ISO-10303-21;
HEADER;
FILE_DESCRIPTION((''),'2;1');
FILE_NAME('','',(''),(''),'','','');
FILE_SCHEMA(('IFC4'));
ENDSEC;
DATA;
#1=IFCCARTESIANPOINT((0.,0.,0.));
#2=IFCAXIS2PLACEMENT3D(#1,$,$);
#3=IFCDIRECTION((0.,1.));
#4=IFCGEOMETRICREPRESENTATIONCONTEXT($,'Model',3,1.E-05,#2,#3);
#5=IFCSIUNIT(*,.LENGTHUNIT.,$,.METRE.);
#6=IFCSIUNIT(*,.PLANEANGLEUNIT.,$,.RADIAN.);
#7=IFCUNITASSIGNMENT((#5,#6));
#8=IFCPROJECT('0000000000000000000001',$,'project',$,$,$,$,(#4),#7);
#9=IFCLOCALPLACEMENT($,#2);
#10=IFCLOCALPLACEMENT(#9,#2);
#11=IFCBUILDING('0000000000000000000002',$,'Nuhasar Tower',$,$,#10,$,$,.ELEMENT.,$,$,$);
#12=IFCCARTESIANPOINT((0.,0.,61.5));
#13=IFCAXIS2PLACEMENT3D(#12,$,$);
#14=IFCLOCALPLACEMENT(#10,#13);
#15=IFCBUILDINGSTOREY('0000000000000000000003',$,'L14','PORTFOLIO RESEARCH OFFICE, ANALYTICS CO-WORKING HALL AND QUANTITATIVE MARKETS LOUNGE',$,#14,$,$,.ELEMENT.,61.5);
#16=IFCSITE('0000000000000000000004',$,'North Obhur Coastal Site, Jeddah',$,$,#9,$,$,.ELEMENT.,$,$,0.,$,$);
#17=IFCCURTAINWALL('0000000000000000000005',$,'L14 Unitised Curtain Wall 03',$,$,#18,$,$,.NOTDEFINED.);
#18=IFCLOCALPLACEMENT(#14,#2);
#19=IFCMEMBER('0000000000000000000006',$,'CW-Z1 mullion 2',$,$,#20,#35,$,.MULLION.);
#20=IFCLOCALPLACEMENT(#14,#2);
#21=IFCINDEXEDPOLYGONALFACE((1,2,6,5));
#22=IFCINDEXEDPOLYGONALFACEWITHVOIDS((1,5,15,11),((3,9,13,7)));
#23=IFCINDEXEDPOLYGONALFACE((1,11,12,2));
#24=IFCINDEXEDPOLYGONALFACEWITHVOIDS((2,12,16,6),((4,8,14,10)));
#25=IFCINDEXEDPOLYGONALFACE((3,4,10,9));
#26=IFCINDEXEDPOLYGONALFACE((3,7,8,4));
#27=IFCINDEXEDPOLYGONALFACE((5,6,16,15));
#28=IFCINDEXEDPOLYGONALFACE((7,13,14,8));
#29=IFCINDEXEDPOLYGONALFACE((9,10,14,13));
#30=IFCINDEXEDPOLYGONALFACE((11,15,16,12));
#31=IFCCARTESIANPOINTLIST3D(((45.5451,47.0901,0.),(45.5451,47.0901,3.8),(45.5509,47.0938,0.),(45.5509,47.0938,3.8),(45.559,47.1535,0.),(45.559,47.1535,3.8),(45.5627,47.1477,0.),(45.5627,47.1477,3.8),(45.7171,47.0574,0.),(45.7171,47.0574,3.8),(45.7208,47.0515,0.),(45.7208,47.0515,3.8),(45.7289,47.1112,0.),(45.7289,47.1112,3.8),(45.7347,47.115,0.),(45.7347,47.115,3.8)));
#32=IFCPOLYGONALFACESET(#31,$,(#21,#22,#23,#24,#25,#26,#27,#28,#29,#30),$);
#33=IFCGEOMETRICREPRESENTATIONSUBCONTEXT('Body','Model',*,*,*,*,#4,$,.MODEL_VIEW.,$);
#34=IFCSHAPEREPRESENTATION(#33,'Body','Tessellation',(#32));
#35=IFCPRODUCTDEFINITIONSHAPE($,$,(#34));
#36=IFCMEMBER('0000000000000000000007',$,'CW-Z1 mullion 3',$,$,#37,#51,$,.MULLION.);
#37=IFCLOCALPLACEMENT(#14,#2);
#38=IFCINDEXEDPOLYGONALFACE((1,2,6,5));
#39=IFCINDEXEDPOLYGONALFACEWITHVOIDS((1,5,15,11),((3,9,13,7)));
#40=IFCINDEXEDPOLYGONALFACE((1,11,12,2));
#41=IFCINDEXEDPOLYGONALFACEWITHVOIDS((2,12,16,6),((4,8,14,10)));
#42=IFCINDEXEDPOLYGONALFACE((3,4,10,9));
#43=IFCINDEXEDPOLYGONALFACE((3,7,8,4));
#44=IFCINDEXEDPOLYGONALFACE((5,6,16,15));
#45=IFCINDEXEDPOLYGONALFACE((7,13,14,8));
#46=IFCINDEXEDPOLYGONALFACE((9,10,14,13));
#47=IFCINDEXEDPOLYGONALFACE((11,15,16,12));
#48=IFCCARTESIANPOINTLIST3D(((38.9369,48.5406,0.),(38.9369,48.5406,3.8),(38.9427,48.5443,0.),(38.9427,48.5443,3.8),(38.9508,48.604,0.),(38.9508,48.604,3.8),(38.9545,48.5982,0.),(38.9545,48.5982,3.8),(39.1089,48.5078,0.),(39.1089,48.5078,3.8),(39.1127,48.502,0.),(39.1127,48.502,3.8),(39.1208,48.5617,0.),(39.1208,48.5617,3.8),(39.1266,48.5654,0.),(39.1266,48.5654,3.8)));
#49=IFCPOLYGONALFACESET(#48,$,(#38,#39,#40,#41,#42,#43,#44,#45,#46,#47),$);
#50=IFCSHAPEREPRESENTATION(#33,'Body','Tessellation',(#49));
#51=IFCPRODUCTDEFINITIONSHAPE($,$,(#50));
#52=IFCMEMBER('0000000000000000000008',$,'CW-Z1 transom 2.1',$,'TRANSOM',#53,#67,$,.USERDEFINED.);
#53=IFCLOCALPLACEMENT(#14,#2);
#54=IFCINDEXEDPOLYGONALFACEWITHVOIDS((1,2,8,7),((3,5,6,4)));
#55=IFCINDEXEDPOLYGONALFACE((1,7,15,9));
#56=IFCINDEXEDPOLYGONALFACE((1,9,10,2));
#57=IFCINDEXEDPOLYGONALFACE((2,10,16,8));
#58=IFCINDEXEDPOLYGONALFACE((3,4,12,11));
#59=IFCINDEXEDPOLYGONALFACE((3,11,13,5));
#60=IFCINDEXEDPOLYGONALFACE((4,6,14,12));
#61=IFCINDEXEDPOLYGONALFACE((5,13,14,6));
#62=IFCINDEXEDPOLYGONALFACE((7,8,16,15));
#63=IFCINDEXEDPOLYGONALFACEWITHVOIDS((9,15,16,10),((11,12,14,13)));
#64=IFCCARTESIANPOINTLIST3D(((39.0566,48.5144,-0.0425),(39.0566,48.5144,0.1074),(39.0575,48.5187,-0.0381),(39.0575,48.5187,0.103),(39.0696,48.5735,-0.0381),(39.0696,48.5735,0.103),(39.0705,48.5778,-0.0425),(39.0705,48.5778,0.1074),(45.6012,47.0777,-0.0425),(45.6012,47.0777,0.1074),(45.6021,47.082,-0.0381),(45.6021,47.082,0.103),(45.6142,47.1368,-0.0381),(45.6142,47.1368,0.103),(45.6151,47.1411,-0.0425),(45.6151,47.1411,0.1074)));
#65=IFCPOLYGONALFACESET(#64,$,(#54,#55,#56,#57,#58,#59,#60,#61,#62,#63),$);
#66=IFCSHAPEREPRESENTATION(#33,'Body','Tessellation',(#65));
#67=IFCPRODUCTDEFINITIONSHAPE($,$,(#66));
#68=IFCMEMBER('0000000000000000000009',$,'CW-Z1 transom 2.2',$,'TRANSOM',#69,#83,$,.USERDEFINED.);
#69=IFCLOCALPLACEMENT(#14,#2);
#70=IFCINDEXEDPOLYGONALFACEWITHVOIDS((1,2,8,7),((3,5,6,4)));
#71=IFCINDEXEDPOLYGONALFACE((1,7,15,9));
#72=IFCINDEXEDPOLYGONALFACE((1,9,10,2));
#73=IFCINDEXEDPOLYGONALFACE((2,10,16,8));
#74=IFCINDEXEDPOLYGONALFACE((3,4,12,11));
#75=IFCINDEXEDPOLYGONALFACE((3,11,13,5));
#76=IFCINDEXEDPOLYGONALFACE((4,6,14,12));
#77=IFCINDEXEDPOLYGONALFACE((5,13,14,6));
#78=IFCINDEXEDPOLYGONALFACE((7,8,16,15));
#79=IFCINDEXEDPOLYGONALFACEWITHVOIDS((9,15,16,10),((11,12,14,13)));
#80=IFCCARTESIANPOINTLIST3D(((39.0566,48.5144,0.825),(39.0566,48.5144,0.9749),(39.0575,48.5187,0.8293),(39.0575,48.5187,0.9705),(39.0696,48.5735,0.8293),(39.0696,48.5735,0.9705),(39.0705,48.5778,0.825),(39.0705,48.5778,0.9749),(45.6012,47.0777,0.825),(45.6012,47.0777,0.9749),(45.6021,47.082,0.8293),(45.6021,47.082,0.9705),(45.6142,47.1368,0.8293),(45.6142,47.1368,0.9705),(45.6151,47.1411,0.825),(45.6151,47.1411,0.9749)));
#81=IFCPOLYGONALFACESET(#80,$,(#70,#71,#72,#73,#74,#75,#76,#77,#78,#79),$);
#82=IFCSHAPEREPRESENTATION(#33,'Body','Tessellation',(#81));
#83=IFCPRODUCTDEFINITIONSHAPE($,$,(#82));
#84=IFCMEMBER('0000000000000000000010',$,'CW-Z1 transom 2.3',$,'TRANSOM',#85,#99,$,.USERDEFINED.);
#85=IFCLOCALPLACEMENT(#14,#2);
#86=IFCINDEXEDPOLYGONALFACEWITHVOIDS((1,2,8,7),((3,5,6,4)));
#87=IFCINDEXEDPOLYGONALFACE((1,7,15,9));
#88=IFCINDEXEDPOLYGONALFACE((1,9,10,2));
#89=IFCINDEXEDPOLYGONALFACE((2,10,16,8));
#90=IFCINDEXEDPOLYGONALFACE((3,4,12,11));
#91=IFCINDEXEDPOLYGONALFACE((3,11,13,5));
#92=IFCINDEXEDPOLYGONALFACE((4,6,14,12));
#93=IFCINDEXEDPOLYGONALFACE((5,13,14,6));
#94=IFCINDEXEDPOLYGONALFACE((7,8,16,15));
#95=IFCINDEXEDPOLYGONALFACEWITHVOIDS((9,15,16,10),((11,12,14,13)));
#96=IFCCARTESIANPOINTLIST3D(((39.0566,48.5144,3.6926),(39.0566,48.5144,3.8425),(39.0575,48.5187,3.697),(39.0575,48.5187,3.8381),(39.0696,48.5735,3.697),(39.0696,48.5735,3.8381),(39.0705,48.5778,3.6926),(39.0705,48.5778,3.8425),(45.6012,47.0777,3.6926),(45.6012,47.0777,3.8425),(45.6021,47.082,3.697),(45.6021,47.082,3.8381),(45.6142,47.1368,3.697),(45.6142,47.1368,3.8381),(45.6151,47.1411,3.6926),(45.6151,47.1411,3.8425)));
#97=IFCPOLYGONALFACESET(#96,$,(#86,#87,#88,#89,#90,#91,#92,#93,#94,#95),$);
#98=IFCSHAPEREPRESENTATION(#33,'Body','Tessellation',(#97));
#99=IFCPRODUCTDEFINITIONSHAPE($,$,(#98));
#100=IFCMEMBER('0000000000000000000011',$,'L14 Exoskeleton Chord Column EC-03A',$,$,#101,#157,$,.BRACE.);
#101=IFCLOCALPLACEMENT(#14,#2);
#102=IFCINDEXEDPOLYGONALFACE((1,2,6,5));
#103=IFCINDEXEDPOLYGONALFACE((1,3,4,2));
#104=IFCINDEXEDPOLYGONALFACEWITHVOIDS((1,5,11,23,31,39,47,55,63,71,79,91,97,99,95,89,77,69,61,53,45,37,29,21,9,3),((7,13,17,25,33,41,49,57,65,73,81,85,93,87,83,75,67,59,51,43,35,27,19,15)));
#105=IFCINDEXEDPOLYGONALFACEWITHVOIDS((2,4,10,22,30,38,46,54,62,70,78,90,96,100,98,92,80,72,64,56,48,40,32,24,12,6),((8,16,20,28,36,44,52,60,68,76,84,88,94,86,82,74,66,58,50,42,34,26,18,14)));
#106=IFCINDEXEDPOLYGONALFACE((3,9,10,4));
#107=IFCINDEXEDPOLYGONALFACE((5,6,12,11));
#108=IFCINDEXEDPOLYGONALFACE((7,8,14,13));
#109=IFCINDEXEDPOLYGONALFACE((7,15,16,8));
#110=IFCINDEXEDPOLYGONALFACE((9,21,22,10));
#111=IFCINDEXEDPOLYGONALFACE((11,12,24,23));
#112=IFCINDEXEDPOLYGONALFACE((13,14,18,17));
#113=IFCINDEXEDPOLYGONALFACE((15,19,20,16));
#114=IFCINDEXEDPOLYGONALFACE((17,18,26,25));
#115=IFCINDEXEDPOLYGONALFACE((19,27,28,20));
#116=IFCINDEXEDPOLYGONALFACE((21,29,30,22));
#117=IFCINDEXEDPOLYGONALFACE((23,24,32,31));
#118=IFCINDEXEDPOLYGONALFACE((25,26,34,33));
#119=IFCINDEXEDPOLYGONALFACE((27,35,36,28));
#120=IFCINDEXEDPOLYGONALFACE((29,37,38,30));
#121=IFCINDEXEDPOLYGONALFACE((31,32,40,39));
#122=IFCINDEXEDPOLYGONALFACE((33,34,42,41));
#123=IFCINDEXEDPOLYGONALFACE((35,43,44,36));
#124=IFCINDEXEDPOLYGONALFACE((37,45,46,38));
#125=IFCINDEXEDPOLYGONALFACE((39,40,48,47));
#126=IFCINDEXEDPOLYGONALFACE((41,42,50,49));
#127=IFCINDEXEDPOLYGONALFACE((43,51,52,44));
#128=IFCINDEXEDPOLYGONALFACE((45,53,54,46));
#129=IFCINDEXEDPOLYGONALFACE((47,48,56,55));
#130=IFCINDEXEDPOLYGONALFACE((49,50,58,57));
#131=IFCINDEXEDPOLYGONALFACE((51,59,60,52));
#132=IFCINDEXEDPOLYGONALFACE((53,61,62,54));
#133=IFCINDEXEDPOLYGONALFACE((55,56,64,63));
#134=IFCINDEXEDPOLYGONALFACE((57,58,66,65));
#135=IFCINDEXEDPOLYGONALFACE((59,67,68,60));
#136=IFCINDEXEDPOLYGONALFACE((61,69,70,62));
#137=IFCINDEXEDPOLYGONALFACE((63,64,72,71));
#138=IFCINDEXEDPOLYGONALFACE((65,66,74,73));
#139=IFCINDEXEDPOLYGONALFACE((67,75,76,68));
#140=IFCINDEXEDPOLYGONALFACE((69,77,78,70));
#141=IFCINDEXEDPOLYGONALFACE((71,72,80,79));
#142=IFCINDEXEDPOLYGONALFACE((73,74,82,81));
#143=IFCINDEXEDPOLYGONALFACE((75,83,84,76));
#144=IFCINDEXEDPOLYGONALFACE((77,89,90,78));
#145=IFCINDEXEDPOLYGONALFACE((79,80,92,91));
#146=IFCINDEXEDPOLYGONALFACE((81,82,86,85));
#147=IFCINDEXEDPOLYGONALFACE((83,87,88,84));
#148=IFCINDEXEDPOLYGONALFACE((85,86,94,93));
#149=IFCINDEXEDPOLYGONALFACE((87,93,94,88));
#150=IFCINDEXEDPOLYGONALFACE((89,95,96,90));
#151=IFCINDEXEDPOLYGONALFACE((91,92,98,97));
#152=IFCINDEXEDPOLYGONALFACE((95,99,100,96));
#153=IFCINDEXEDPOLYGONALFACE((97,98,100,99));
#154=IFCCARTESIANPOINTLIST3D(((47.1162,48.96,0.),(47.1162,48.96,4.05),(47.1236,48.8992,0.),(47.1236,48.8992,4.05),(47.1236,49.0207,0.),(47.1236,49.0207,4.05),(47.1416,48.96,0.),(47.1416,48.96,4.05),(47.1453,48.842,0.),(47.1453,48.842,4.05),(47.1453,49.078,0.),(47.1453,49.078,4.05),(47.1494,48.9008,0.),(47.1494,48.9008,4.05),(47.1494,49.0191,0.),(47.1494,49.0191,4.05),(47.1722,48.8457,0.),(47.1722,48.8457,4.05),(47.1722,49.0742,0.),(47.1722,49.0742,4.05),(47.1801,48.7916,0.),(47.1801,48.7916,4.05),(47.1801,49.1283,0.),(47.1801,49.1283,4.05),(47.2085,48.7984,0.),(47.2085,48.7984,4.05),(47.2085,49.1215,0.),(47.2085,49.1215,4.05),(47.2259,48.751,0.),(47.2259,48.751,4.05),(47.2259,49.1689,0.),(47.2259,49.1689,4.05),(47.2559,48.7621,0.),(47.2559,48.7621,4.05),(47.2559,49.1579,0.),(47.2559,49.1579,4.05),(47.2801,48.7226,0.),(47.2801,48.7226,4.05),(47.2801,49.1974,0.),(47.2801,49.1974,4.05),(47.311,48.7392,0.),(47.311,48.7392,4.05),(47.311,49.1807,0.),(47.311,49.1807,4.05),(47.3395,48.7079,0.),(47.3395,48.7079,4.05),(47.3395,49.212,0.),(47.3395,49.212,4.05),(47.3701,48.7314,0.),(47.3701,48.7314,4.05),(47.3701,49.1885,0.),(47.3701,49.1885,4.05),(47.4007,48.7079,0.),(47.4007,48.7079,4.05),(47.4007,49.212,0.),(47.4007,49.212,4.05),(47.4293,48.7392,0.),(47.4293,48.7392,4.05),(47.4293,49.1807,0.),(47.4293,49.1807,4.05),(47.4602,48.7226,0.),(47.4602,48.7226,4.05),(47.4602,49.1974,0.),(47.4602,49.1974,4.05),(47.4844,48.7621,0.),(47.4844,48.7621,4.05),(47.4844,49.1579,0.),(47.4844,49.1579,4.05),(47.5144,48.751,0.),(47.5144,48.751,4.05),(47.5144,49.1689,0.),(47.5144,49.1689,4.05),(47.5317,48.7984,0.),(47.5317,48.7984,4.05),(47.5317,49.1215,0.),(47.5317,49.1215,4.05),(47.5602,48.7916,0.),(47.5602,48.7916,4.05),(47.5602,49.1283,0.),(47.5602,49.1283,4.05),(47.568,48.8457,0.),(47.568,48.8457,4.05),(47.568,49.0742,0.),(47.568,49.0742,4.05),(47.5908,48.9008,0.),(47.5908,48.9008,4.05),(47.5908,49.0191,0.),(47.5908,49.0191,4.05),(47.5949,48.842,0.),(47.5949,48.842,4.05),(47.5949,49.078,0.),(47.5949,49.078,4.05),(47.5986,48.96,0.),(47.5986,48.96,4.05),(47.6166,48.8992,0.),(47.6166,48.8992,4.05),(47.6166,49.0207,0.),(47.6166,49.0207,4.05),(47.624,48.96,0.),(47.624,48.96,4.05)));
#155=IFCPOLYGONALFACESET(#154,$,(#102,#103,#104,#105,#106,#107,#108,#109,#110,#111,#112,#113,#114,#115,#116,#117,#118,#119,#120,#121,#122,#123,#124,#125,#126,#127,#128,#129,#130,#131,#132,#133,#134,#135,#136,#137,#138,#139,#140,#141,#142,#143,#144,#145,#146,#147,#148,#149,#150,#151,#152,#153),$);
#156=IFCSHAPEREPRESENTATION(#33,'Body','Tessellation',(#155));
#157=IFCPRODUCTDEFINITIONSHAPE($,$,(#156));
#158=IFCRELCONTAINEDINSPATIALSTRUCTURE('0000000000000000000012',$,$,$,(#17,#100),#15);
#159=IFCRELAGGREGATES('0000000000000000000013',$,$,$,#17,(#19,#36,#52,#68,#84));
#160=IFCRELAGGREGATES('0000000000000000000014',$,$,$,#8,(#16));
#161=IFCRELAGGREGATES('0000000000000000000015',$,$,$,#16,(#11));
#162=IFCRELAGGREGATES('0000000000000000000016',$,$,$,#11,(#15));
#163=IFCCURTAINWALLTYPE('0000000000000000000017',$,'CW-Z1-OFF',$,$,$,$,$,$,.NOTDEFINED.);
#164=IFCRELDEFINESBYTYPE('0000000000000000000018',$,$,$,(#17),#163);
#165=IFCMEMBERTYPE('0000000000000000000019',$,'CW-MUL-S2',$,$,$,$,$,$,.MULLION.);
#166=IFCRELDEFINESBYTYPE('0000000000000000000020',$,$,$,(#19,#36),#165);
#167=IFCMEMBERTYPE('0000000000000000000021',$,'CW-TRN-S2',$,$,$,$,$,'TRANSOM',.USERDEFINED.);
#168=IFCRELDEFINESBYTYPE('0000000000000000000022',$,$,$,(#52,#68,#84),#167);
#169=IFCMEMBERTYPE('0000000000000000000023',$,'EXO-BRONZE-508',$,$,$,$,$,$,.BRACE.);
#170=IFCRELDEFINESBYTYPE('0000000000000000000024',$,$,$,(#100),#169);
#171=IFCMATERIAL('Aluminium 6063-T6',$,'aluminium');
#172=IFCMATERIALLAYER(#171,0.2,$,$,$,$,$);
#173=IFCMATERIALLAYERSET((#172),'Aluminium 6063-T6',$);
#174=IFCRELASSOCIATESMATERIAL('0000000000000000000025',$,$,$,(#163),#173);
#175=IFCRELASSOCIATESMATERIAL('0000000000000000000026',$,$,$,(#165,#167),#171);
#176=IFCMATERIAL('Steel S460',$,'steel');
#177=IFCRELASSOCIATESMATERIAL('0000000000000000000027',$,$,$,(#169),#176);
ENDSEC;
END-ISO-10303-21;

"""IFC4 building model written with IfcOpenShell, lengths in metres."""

from ifc_helpers import new_model, si_unit, direction, frame, origin, origin_2d, place, context, subcontext, project, spatial, hollow_rectangle, hollow_circle, extrude, material, layer, layer_set, material_profile, profile_set, type_object, element, aggregate, save


model = new_model("IFC4")

# Units and contexts
model_context = context("Model", 3, precision=1e-05, world=origin(), true_north=direction((0.0, 1.0)))
body_context = subcontext(model_context, "Body", "Model", "MODEL_VIEW")
ifc_project = project(units=[si_unit("LENGTHUNIT", "METRE"), si_unit("PLANEANGLEUNIT", "RADIAN")], contexts=[model_context])

# Site, building, storey
site_placement = place(None, origin())
site = spatial("IfcSite", under=ifc_project, at=site_placement, Name="North Obhur Coastal Site, Jeddah", CompositionType="ELEMENT", RefElevation=0.0)
building_placement = place(site_placement, origin())
building = spatial("IfcBuilding", under=site, at=building_placement, Name="Nuhasar Tower", CompositionType="ELEMENT")
storey_placement = place(building_placement, frame((0.0, 0.0, 61.5)))
storey = spatial("IfcBuildingStorey", under=building, at=storey_placement, Name="L14", Description="PORTFOLIO RESEARCH OFFICE, ANALYTICS CO-WORKING HALL AND QUANTITATIVE MARKETS LOUNGE", CompositionType="ELEMENT", Elevation=61.5)

# Curtain wall, members
ifc_material_1 = material(Name="Aluminium 6063-T6", Category="aluminium")
ifc_layer_1 = layer(ifc_material_1, 0.2)
ifc_layer_set_1 = layer_set([ifc_layer_1], Name="Aluminium 6063-T6")
curtain_wall_type = type_object("IfcCurtainWallType", Name="CW-Z1-OFF", PredefinedType="NOTDEFINED", material=ifc_layer_set_1)
curtain_wall_placement = place(storey_placement, origin())
curtain_wall = element("IfcCurtainWall", 1, at=curtain_wall_placement, inside=storey, type_object=curtain_wall_type, Name="L14 Unitised Curtain Wall 03", PredefinedType="NOTDEFINED")
ifc_material_profile_1 = material_profile(ifc_material_1, hollow_rectangle(XDim=0.0649, YDim=0.1799, WallThickness=0.0049, at=origin_2d()), Name="CWM-2")
ifc_profile_set_1 = profile_set([ifc_material_profile_1], Name="Aluminium 6063-T6")
member_type_1 = type_object("IfcMemberType", Name="CW-MUL-S2", PredefinedType="MULLION", material=ifc_profile_set_1)
member_1_placement = place(storey_placement, frame((45.6399, 47.1025, 0.0), z_axis=(0.0, 0.0, 1.0), x_axis=(-0.214399, -0.976746, 0.0)))
member_1 = element("IfcMember", 2, at=member_1_placement, type_object=member_type_1, Name="CW-Z1 mullion 2", PredefinedType="MULLION", context=body_context, shape_type="SweptSolid", body=[
    extrude(hollow_rectangle(XDim=0.0649, YDim=0.1799, WallThickness=0.0049, at=origin_2d()), origin(), (0.0, 0.0, 1.0), 3.8),
])
member_2_placement = place(storey_placement, frame((39.0317, 48.553, 0.0), z_axis=(0.0, 0.0, 1.0), x_axis=(-0.214399, -0.976746, 0.0)))
member_2 = element("IfcMember", 3, at=member_2_placement, type_object=member_type_1, Name="CW-Z1 mullion 3", PredefinedType="MULLION", context=body_context, shape_type="SweptSolid", body=[
    extrude(hollow_rectangle(XDim=0.0649, YDim=0.1799, WallThickness=0.0049, at=origin_2d()), origin(), (0.0, 0.0, 1.0), 3.8),
])
ifc_material_profile_2 = material_profile(ifc_material_1, hollow_rectangle(XDim=0.0649, YDim=0.1499, WallThickness=0.0044, at=origin_2d()), Name="CWT-2")
ifc_profile_set_2 = profile_set([ifc_material_profile_2], Name="Aluminium 6063-T6")
member_type_2 = type_object("IfcMemberType", Name="CW-TRN-S2", ElementType="TRANSOM", PredefinedType="USERDEFINED", material=ifc_profile_set_2)
member_3_placement = place(storey_placement, frame((45.6082, 47.1094, 0.0325), z_axis=(-0.97674, 0.214426, 0.0), x_axis=(-0.214426, -0.97674, 0.0)))
member_3 = element("IfcMember", 4, at=member_3_placement, type_object=member_type_2, Name="CW-Z1 transom 2.1", ObjectType="TRANSOM", PredefinedType="USERDEFINED", context=body_context, shape_type="SweptSolid", body=[
    extrude(hollow_rectangle(XDim=0.0649, YDim=0.1499, WallThickness=0.0044, at=origin_2d()), origin(), (0.0, 0.0, 1.0), 6.7004),
])
member_4_placement = place(storey_placement, frame((45.6082, 47.1094, 0.8999), z_axis=(-0.97674, 0.214426, 0.0), x_axis=(-0.214426, -0.97674, 0.0)))
member_4 = element("IfcMember", 5, at=member_4_placement, type_object=member_type_2, Name="CW-Z1 transom 2.2", ObjectType="TRANSOM", PredefinedType="USERDEFINED", context=body_context, shape_type="SweptSolid", body=[
    extrude(hollow_rectangle(XDim=0.0649, YDim=0.1499, WallThickness=0.0044, at=origin_2d()), origin(), (0.0, 0.0, 1.0), 6.7004),
])
member_5_placement = place(storey_placement, frame((45.6082, 47.1094, 3.7676), z_axis=(-0.97674, 0.214426, 0.0), x_axis=(-0.214426, -0.97674, 0.0)))
member_5 = element("IfcMember", 6, at=member_5_placement, type_object=member_type_2, Name="CW-Z1 transom 2.3", ObjectType="TRANSOM", PredefinedType="USERDEFINED", context=body_context, shape_type="SweptSolid", body=[
    extrude(hollow_rectangle(XDim=0.0649, YDim=0.1499, WallThickness=0.0044, at=origin_2d()), origin(), (0.0, 0.0, 1.0), 6.7004),
])

# Member
ifc_material_2 = material(Name="Steel S460", Category="steel")
ifc_material_profile_3 = material_profile(ifc_material_2, hollow_circle(Radius=0.2539, WallThickness=0.0254, at=origin_2d()), Name="HSS508X25.4")
ifc_profile_set_3 = profile_set([ifc_material_profile_3], Name="Steel S460")
member_type_3 = type_object("IfcMemberType", Name="EXO-BRONZE-508", PredefinedType="BRACE", material=ifc_profile_set_3)
for number, where, z_axis, x_axis, name in (
    (7, (47.3701, 48.96, 0.0), (0.0, 0.0, 1.0), (1.0, 0.0, 0.0), "L14 Exoskeleton Chord Column EC-03A"),
):
    element("IfcMember", number, at=place(storey_placement, frame(where, z_axis=z_axis, x_axis=x_axis)), inside=storey, type_object=member_type_3, Name=name, PredefinedType="BRACE", context=body_context, shape_type="SweptSolid", body=[
        extrude(hollow_circle(Radius=0.2539, WallThickness=0.0254, at=origin_2d()), origin(), (0.0, 0.0, 1.0), 4.05),
    ])

aggregate(curtain_wall, [member_1, member_2, member_3, member_4, member_5])

save(model, "model.ifc")
